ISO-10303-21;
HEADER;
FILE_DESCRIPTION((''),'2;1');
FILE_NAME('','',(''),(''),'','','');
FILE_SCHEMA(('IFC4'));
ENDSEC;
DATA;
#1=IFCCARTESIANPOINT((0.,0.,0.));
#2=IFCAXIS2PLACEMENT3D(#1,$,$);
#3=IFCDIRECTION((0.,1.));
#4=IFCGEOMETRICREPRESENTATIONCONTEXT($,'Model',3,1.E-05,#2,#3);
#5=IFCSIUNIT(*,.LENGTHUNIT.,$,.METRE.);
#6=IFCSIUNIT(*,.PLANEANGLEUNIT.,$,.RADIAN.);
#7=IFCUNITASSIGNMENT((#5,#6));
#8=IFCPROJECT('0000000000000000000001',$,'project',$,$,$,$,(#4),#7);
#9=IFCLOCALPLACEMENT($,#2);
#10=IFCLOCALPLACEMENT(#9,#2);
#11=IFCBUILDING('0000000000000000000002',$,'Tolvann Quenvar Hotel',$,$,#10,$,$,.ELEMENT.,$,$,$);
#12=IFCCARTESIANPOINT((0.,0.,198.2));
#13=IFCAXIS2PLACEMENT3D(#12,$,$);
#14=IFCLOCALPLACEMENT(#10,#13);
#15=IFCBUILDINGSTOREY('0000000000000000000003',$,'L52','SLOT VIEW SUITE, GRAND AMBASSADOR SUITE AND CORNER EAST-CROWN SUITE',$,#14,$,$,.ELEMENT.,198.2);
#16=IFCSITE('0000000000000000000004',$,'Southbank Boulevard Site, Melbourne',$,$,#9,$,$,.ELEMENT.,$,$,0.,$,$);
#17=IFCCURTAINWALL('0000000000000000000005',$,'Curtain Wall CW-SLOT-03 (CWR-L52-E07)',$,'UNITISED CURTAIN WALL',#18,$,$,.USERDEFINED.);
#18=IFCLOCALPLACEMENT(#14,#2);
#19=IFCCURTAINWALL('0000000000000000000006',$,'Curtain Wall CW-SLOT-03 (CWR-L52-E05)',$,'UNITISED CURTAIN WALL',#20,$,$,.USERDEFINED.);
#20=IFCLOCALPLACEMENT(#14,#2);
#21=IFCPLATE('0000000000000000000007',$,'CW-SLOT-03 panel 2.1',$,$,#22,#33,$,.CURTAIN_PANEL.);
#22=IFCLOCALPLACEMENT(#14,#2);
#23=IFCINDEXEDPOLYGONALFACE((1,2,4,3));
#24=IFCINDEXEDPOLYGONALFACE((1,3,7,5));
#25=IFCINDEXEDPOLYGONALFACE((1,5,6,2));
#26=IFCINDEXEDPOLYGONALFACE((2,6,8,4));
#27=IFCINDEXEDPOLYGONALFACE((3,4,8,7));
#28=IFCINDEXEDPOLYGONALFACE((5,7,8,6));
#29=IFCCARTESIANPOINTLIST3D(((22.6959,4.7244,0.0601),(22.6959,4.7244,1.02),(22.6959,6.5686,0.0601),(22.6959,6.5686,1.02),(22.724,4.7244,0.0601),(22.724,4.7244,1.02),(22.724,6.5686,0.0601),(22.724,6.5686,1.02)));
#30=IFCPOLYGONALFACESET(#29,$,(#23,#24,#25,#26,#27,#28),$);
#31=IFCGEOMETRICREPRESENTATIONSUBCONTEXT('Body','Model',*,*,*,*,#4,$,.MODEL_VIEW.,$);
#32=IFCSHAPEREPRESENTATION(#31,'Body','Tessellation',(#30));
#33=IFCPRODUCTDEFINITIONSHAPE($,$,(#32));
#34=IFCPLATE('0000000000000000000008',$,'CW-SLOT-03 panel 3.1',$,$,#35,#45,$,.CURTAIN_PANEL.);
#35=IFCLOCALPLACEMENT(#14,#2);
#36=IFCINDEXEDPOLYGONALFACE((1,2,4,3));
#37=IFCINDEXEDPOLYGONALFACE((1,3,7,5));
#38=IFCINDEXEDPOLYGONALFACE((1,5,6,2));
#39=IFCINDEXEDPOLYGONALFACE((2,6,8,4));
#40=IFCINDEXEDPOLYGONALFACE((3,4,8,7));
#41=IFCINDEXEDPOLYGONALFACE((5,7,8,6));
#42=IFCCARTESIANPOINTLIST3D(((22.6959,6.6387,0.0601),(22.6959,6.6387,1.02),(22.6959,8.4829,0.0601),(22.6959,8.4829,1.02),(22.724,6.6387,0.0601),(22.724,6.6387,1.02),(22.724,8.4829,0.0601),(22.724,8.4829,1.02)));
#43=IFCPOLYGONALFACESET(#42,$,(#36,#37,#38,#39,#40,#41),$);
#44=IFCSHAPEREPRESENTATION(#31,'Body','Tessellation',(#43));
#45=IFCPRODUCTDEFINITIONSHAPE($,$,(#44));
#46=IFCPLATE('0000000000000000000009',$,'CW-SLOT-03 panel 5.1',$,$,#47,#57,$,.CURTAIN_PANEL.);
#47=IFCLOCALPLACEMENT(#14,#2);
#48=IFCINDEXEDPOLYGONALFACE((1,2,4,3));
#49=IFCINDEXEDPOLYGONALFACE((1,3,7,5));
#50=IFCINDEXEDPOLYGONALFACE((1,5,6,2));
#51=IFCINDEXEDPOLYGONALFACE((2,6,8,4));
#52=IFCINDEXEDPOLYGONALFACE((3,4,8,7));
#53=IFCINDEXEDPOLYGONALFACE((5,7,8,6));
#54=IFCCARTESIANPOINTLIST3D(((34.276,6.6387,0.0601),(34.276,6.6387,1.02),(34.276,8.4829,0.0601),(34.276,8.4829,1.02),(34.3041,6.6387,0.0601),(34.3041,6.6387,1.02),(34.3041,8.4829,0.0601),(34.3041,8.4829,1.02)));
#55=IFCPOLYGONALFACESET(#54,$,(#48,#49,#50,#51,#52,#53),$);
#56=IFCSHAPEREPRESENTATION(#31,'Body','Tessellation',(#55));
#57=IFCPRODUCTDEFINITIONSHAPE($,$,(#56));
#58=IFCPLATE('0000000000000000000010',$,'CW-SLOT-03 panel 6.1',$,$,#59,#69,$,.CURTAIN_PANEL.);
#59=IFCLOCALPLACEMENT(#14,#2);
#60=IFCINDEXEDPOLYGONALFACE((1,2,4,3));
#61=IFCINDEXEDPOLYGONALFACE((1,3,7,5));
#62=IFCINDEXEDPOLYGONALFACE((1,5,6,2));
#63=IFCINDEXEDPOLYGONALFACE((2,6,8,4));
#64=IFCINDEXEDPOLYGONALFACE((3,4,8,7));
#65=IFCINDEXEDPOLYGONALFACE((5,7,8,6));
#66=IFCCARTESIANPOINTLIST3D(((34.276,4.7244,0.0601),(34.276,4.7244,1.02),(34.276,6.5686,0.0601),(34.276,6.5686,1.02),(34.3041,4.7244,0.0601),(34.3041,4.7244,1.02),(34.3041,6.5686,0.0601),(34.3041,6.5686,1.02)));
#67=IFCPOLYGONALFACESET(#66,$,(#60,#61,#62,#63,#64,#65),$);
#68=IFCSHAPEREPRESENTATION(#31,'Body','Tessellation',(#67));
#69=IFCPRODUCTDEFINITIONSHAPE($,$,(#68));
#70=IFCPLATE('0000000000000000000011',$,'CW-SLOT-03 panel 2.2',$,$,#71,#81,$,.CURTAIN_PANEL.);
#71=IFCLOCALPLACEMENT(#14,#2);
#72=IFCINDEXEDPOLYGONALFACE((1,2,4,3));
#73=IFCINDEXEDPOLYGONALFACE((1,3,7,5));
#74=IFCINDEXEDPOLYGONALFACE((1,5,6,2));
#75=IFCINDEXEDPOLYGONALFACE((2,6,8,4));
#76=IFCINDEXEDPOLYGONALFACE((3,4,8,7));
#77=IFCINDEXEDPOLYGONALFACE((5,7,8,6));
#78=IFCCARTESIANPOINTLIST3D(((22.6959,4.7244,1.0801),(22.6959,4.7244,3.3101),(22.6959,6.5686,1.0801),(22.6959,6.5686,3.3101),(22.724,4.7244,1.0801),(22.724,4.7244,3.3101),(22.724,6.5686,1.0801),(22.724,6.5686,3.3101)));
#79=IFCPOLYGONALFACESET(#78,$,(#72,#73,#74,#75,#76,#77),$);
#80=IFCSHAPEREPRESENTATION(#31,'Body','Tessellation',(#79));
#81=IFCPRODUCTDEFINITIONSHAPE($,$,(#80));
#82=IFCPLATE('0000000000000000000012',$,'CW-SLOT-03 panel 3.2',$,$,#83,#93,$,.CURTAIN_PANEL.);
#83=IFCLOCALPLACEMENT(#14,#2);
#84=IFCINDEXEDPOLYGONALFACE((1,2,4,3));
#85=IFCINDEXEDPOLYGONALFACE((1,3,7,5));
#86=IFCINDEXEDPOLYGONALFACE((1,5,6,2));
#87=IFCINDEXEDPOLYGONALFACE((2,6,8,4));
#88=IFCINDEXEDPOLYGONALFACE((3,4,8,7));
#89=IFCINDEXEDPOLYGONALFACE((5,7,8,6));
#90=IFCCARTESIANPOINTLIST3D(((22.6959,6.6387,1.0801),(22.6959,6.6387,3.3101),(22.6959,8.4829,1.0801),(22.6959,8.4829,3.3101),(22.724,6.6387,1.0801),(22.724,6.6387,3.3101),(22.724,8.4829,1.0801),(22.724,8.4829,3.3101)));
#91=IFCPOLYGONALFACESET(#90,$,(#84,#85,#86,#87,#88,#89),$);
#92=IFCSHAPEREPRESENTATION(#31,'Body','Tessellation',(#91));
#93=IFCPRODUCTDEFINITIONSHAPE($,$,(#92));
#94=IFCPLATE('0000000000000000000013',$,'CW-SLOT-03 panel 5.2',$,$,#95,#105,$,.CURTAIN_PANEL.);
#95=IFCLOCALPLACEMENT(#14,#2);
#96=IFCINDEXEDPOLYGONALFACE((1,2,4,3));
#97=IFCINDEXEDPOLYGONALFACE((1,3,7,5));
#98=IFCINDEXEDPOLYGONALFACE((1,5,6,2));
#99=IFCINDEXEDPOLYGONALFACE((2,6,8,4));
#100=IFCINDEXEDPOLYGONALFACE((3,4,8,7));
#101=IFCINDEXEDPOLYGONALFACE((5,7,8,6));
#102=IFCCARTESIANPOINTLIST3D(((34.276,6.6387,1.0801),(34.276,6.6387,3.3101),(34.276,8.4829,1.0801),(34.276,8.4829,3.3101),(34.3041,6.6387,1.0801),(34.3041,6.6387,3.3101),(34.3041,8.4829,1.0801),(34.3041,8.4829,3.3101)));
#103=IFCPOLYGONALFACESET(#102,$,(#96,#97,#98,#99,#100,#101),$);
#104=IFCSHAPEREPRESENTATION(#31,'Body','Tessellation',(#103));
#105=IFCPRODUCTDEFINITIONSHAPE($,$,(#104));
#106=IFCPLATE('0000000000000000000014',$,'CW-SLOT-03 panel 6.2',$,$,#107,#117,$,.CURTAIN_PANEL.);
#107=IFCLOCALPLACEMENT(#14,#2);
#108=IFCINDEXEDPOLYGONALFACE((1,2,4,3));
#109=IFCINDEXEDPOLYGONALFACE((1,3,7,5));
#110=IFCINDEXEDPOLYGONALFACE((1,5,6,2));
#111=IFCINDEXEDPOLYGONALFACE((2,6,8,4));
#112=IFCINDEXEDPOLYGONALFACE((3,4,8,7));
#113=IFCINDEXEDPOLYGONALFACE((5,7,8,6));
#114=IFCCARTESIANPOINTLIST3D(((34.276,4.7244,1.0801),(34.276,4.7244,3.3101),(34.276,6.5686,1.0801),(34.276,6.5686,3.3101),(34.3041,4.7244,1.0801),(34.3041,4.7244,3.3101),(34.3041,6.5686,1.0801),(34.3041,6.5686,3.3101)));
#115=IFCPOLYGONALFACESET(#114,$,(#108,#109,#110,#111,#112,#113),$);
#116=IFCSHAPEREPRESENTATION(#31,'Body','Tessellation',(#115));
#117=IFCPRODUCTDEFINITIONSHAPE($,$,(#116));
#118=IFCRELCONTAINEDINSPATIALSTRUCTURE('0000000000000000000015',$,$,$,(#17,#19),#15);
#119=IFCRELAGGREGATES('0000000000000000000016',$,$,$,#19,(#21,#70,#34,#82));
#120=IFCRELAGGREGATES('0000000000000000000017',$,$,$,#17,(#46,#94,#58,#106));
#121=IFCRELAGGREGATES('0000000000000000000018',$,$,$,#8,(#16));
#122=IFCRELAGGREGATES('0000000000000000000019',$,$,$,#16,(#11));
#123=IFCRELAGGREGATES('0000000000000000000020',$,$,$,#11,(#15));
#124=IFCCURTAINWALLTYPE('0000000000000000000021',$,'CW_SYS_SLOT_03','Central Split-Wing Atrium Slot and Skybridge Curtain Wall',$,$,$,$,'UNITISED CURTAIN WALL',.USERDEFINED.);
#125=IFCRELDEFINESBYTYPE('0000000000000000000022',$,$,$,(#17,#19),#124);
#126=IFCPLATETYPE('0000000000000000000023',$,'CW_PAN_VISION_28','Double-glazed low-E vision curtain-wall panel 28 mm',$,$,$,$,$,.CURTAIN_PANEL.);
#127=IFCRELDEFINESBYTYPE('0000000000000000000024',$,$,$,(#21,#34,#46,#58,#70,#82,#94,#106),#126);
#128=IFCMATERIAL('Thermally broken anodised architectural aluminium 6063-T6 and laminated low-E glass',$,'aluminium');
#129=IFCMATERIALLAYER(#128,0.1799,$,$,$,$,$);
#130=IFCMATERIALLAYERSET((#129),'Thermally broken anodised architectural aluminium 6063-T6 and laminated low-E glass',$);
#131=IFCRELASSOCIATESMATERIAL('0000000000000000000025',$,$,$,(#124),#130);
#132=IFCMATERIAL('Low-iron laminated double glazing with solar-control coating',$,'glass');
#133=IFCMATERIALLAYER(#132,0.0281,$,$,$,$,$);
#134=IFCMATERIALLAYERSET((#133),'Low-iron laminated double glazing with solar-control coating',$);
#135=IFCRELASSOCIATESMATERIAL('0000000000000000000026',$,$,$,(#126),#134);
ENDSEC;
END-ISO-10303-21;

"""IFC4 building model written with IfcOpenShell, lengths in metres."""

from ifc_helpers import new_model, si_unit, direction, frame, origin, origin_2d, place, context, subcontext, project, spatial, rectangle, extrude, source, transform, mapped, material, layer, layer_set, type_object, element, aggregate, save


model = new_model("IFC4")

# Units and contexts
model_context = context("Model", 3, precision=1e-05, world=origin(), true_north=direction((0.0, 1.0)))
body_context = subcontext(model_context, "Body", "Model", "MODEL_VIEW")
ifc_project = project(units=[si_unit("LENGTHUNIT", "METRE"), si_unit("PLANEANGLEUNIT", "RADIAN")], contexts=[model_context])

# Site, building, storey
site_placement = place(None, origin())
site = spatial("IfcSite", under=ifc_project, at=site_placement, Name="Southbank Boulevard Site, Melbourne", CompositionType="ELEMENT", RefElevation=0.0)
building_placement = place(site_placement, origin())
building = spatial("IfcBuilding", under=site, at=building_placement, Name="Tolvann Quenvar Hotel", CompositionType="ELEMENT")
storey_placement = place(building_placement, frame((0.0, 0.0, 198.2)))
storey = spatial("IfcBuildingStorey", under=building, at=storey_placement, Name="L52", Description="SLOT VIEW SUITE, GRAND AMBASSADOR SUITE AND CORNER EAST-CROWN SUITE", CompositionType="ELEMENT", Elevation=198.2)

# Curtain walls
ifc_material_1 = material(Name="Thermally broken anodised architectural aluminium 6063-T6 and laminated low-E glass", Category="aluminium")
ifc_layer_1 = layer(ifc_material_1, 0.1799)
ifc_layer_set_1 = layer_set([ifc_layer_1], Name="Thermally broken anodised architectural aluminium 6063-T6 and laminated low-E glass")
curtain_wall_type = type_object("IfcCurtainWallType", Name="CW_SYS_SLOT_03", Description="Central Split-Wing Atrium Slot and Skybridge Curtain Wall", ElementType="UNITISED CURTAIN WALL", PredefinedType="USERDEFINED", material=ifc_layer_set_1)
curtain_wall_1_placement = place(storey_placement, origin())
curtain_wall_1 = element("IfcCurtainWall", 1, at=curtain_wall_1_placement, inside=storey, type_object=curtain_wall_type, Name="Curtain Wall CW-SLOT-03 (CWR-L52-E07)", ObjectType="UNITISED CURTAIN WALL", PredefinedType="USERDEFINED")
curtain_wall_2_placement = place(storey_placement, origin())
curtain_wall_2 = element("IfcCurtainWall", 2, at=curtain_wall_2_placement, inside=storey, type_object=curtain_wall_type, Name="Curtain Wall CW-SLOT-03 (CWR-L52-E05)", ObjectType="UNITISED CURTAIN WALL", PredefinedType="USERDEFINED")

# Plates
ifc_material_2 = material(Name="Low-iron laminated double glazing with solar-control coating", Category="glass")
ifc_layer_2 = layer(ifc_material_2, 0.0281)
ifc_layer_set_2 = layer_set([ifc_layer_2], Name="Low-iron laminated double glazing with solar-control coating")
plate_type = type_object("IfcPlateType", Name="CW_PAN_VISION_28", Description="Double-glazed low-E vision curtain-wall panel 28 mm", PredefinedType="CURTAIN_PANEL", material=ifc_layer_set_2)
shared_shape_1 = source(origin(), body_context, "Body", "SweptSolid", [
    extrude(rectangle(XDim=1.8442, YDim=0.0281, at=origin_2d()), origin(), (0.0, 0.0, 1.0), 0.96),
])
plate_1_placement = place(storey_placement, frame((22.71, 5.6465, 0.0601), z_axis=(0.0, 0.0, 1.0), x_axis=(0.0, 1.0, 0.0)))
plate_1 = element("IfcPlate", 3, at=plate_1_placement, type_object=plate_type, Name="CW-SLOT-03 panel 2.1", PredefinedType="CURTAIN_PANEL", context=body_context, shape_type="MappedRepresentation", body=[
    mapped(shared_shape_1, transform((0.0, 0.0, 0.0), x_axis=(1.0, 0.0, 0.0), y_axis=(0.0, 1.0, 0.0), z_axis=(0.0, 0.0, 1.0), scale=1.0)),
])
plate_2_placement = place(storey_placement, frame((22.71, 7.5608, 0.0601), z_axis=(0.0, 0.0, 1.0), x_axis=(0.0, 1.0, 0.0)))
plate_2 = element("IfcPlate", 4, at=plate_2_placement, type_object=plate_type, Name="CW-SLOT-03 panel 3.1", PredefinedType="CURTAIN_PANEL", context=body_context, shape_type="MappedRepresentation", body=[
    mapped(shared_shape_1, transform((0.0, 0.0, 0.0), x_axis=(1.0, 0.0, 0.0), y_axis=(0.0, 1.0, 0.0), z_axis=(0.0, 0.0, 1.0), scale=1.0)),
])
plate_3_placement = place(storey_placement, frame((34.29, 7.5608, 0.0601), z_axis=(0.0, 0.0, 1.0), x_axis=(0.0, -1.0, 0.0)))
plate_3 = element("IfcPlate", 5, at=plate_3_placement, type_object=plate_type, Name="CW-SLOT-03 panel 5.1", PredefinedType="CURTAIN_PANEL", context=body_context, shape_type="MappedRepresentation", body=[
    mapped(shared_shape_1, transform((0.0, 0.0, 0.0), x_axis=(1.0, 0.0, 0.0), y_axis=(0.0, 1.0, 0.0), z_axis=(0.0, 0.0, 1.0), scale=1.0)),
])
plate_4_placement = place(storey_placement, frame((34.29, 5.6465, 0.0601), z_axis=(0.0, 0.0, 1.0), x_axis=(0.0, -1.0, 0.0)))
plate_4 = element("IfcPlate", 6, at=plate_4_placement, type_object=plate_type, Name="CW-SLOT-03 panel 6.1", PredefinedType="CURTAIN_PANEL", context=body_context, shape_type="MappedRepresentation", body=[
    mapped(shared_shape_1, transform((0.0, 0.0, 0.0), x_axis=(1.0, 0.0, 0.0), y_axis=(0.0, 1.0, 0.0), z_axis=(0.0, 0.0, 1.0), scale=1.0)),
])
shared_shape_2 = source(origin(), body_context, "Body", "SweptSolid", [
    extrude(rectangle(XDim=1.8442, YDim=0.0281, at=origin_2d()), origin(), (0.0, 0.0, 1.0), 2.23),
])
plate_5_placement = place(storey_placement, frame((22.71, 5.6465, 1.0801), z_axis=(0.0, 0.0, 1.0), x_axis=(0.0, 1.0, 0.0)))
plate_5 = element("IfcPlate", 7, at=plate_5_placement, type_object=plate_type, Name="CW-SLOT-03 panel 2.2", PredefinedType="CURTAIN_PANEL", context=body_context, shape_type="MappedRepresentation", body=[
    mapped(shared_shape_2, transform((0.0, 0.0, 0.0), x_axis=(1.0, 0.0, 0.0), y_axis=(0.0, 1.0, 0.0), z_axis=(0.0, 0.0, 1.0), scale=1.0)),
])
plate_6_placement = place(storey_placement, frame((22.71, 7.5608, 1.0801), z_axis=(0.0, 0.0, 1.0), x_axis=(0.0, 1.0, 0.0)))
plate_6 = element("IfcPlate", 8, at=plate_6_placement, type_object=plate_type, Name="CW-SLOT-03 panel 3.2", PredefinedType="CURTAIN_PANEL", context=body_context, shape_type="MappedRepresentation", body=[
    mapped(shared_shape_2, transform((0.0, 0.0, 0.0), x_axis=(1.0, 0.0, 0.0), y_axis=(0.0, 1.0, 0.0), z_axis=(0.0, 0.0, 1.0), scale=1.0)),
])
aggregate(curtain_wall_2, [plate_1, plate_5, plate_2, plate_6])
plate_7_placement = place(storey_placement, frame((34.29, 7.5608, 1.0801), z_axis=(0.0, 0.0, 1.0), x_axis=(0.0, -1.0, 0.0)))
plate_7 = element("IfcPlate", 9, at=plate_7_placement, type_object=plate_type, Name="CW-SLOT-03 panel 5.2", PredefinedType="CURTAIN_PANEL", context=body_context, shape_type="MappedRepresentation", body=[
    mapped(shared_shape_2, transform((0.0, 0.0, 0.0), x_axis=(1.0, 0.0, 0.0), y_axis=(0.0, 1.0, 0.0), z_axis=(0.0, 0.0, 1.0), scale=1.0)),
])
plate_8_placement = place(storey_placement, frame((34.29, 5.6465, 1.0801), z_axis=(0.0, 0.0, 1.0), x_axis=(0.0, -1.0, 0.0)))
plate_8 = element("IfcPlate", 10, at=plate_8_placement, type_object=plate_type, Name="CW-SLOT-03 panel 6.2", PredefinedType="CURTAIN_PANEL", context=body_context, shape_type="MappedRepresentation", body=[
    mapped(shared_shape_2, transform((0.0, 0.0, 0.0), x_axis=(1.0, 0.0, 0.0), y_axis=(0.0, 1.0, 0.0), z_axis=(0.0, 0.0, 1.0), scale=1.0)),
])
aggregate(curtain_wall_1, [plate_3, plate_7, plate_4, plate_8])

save(model, "model.ifc")
